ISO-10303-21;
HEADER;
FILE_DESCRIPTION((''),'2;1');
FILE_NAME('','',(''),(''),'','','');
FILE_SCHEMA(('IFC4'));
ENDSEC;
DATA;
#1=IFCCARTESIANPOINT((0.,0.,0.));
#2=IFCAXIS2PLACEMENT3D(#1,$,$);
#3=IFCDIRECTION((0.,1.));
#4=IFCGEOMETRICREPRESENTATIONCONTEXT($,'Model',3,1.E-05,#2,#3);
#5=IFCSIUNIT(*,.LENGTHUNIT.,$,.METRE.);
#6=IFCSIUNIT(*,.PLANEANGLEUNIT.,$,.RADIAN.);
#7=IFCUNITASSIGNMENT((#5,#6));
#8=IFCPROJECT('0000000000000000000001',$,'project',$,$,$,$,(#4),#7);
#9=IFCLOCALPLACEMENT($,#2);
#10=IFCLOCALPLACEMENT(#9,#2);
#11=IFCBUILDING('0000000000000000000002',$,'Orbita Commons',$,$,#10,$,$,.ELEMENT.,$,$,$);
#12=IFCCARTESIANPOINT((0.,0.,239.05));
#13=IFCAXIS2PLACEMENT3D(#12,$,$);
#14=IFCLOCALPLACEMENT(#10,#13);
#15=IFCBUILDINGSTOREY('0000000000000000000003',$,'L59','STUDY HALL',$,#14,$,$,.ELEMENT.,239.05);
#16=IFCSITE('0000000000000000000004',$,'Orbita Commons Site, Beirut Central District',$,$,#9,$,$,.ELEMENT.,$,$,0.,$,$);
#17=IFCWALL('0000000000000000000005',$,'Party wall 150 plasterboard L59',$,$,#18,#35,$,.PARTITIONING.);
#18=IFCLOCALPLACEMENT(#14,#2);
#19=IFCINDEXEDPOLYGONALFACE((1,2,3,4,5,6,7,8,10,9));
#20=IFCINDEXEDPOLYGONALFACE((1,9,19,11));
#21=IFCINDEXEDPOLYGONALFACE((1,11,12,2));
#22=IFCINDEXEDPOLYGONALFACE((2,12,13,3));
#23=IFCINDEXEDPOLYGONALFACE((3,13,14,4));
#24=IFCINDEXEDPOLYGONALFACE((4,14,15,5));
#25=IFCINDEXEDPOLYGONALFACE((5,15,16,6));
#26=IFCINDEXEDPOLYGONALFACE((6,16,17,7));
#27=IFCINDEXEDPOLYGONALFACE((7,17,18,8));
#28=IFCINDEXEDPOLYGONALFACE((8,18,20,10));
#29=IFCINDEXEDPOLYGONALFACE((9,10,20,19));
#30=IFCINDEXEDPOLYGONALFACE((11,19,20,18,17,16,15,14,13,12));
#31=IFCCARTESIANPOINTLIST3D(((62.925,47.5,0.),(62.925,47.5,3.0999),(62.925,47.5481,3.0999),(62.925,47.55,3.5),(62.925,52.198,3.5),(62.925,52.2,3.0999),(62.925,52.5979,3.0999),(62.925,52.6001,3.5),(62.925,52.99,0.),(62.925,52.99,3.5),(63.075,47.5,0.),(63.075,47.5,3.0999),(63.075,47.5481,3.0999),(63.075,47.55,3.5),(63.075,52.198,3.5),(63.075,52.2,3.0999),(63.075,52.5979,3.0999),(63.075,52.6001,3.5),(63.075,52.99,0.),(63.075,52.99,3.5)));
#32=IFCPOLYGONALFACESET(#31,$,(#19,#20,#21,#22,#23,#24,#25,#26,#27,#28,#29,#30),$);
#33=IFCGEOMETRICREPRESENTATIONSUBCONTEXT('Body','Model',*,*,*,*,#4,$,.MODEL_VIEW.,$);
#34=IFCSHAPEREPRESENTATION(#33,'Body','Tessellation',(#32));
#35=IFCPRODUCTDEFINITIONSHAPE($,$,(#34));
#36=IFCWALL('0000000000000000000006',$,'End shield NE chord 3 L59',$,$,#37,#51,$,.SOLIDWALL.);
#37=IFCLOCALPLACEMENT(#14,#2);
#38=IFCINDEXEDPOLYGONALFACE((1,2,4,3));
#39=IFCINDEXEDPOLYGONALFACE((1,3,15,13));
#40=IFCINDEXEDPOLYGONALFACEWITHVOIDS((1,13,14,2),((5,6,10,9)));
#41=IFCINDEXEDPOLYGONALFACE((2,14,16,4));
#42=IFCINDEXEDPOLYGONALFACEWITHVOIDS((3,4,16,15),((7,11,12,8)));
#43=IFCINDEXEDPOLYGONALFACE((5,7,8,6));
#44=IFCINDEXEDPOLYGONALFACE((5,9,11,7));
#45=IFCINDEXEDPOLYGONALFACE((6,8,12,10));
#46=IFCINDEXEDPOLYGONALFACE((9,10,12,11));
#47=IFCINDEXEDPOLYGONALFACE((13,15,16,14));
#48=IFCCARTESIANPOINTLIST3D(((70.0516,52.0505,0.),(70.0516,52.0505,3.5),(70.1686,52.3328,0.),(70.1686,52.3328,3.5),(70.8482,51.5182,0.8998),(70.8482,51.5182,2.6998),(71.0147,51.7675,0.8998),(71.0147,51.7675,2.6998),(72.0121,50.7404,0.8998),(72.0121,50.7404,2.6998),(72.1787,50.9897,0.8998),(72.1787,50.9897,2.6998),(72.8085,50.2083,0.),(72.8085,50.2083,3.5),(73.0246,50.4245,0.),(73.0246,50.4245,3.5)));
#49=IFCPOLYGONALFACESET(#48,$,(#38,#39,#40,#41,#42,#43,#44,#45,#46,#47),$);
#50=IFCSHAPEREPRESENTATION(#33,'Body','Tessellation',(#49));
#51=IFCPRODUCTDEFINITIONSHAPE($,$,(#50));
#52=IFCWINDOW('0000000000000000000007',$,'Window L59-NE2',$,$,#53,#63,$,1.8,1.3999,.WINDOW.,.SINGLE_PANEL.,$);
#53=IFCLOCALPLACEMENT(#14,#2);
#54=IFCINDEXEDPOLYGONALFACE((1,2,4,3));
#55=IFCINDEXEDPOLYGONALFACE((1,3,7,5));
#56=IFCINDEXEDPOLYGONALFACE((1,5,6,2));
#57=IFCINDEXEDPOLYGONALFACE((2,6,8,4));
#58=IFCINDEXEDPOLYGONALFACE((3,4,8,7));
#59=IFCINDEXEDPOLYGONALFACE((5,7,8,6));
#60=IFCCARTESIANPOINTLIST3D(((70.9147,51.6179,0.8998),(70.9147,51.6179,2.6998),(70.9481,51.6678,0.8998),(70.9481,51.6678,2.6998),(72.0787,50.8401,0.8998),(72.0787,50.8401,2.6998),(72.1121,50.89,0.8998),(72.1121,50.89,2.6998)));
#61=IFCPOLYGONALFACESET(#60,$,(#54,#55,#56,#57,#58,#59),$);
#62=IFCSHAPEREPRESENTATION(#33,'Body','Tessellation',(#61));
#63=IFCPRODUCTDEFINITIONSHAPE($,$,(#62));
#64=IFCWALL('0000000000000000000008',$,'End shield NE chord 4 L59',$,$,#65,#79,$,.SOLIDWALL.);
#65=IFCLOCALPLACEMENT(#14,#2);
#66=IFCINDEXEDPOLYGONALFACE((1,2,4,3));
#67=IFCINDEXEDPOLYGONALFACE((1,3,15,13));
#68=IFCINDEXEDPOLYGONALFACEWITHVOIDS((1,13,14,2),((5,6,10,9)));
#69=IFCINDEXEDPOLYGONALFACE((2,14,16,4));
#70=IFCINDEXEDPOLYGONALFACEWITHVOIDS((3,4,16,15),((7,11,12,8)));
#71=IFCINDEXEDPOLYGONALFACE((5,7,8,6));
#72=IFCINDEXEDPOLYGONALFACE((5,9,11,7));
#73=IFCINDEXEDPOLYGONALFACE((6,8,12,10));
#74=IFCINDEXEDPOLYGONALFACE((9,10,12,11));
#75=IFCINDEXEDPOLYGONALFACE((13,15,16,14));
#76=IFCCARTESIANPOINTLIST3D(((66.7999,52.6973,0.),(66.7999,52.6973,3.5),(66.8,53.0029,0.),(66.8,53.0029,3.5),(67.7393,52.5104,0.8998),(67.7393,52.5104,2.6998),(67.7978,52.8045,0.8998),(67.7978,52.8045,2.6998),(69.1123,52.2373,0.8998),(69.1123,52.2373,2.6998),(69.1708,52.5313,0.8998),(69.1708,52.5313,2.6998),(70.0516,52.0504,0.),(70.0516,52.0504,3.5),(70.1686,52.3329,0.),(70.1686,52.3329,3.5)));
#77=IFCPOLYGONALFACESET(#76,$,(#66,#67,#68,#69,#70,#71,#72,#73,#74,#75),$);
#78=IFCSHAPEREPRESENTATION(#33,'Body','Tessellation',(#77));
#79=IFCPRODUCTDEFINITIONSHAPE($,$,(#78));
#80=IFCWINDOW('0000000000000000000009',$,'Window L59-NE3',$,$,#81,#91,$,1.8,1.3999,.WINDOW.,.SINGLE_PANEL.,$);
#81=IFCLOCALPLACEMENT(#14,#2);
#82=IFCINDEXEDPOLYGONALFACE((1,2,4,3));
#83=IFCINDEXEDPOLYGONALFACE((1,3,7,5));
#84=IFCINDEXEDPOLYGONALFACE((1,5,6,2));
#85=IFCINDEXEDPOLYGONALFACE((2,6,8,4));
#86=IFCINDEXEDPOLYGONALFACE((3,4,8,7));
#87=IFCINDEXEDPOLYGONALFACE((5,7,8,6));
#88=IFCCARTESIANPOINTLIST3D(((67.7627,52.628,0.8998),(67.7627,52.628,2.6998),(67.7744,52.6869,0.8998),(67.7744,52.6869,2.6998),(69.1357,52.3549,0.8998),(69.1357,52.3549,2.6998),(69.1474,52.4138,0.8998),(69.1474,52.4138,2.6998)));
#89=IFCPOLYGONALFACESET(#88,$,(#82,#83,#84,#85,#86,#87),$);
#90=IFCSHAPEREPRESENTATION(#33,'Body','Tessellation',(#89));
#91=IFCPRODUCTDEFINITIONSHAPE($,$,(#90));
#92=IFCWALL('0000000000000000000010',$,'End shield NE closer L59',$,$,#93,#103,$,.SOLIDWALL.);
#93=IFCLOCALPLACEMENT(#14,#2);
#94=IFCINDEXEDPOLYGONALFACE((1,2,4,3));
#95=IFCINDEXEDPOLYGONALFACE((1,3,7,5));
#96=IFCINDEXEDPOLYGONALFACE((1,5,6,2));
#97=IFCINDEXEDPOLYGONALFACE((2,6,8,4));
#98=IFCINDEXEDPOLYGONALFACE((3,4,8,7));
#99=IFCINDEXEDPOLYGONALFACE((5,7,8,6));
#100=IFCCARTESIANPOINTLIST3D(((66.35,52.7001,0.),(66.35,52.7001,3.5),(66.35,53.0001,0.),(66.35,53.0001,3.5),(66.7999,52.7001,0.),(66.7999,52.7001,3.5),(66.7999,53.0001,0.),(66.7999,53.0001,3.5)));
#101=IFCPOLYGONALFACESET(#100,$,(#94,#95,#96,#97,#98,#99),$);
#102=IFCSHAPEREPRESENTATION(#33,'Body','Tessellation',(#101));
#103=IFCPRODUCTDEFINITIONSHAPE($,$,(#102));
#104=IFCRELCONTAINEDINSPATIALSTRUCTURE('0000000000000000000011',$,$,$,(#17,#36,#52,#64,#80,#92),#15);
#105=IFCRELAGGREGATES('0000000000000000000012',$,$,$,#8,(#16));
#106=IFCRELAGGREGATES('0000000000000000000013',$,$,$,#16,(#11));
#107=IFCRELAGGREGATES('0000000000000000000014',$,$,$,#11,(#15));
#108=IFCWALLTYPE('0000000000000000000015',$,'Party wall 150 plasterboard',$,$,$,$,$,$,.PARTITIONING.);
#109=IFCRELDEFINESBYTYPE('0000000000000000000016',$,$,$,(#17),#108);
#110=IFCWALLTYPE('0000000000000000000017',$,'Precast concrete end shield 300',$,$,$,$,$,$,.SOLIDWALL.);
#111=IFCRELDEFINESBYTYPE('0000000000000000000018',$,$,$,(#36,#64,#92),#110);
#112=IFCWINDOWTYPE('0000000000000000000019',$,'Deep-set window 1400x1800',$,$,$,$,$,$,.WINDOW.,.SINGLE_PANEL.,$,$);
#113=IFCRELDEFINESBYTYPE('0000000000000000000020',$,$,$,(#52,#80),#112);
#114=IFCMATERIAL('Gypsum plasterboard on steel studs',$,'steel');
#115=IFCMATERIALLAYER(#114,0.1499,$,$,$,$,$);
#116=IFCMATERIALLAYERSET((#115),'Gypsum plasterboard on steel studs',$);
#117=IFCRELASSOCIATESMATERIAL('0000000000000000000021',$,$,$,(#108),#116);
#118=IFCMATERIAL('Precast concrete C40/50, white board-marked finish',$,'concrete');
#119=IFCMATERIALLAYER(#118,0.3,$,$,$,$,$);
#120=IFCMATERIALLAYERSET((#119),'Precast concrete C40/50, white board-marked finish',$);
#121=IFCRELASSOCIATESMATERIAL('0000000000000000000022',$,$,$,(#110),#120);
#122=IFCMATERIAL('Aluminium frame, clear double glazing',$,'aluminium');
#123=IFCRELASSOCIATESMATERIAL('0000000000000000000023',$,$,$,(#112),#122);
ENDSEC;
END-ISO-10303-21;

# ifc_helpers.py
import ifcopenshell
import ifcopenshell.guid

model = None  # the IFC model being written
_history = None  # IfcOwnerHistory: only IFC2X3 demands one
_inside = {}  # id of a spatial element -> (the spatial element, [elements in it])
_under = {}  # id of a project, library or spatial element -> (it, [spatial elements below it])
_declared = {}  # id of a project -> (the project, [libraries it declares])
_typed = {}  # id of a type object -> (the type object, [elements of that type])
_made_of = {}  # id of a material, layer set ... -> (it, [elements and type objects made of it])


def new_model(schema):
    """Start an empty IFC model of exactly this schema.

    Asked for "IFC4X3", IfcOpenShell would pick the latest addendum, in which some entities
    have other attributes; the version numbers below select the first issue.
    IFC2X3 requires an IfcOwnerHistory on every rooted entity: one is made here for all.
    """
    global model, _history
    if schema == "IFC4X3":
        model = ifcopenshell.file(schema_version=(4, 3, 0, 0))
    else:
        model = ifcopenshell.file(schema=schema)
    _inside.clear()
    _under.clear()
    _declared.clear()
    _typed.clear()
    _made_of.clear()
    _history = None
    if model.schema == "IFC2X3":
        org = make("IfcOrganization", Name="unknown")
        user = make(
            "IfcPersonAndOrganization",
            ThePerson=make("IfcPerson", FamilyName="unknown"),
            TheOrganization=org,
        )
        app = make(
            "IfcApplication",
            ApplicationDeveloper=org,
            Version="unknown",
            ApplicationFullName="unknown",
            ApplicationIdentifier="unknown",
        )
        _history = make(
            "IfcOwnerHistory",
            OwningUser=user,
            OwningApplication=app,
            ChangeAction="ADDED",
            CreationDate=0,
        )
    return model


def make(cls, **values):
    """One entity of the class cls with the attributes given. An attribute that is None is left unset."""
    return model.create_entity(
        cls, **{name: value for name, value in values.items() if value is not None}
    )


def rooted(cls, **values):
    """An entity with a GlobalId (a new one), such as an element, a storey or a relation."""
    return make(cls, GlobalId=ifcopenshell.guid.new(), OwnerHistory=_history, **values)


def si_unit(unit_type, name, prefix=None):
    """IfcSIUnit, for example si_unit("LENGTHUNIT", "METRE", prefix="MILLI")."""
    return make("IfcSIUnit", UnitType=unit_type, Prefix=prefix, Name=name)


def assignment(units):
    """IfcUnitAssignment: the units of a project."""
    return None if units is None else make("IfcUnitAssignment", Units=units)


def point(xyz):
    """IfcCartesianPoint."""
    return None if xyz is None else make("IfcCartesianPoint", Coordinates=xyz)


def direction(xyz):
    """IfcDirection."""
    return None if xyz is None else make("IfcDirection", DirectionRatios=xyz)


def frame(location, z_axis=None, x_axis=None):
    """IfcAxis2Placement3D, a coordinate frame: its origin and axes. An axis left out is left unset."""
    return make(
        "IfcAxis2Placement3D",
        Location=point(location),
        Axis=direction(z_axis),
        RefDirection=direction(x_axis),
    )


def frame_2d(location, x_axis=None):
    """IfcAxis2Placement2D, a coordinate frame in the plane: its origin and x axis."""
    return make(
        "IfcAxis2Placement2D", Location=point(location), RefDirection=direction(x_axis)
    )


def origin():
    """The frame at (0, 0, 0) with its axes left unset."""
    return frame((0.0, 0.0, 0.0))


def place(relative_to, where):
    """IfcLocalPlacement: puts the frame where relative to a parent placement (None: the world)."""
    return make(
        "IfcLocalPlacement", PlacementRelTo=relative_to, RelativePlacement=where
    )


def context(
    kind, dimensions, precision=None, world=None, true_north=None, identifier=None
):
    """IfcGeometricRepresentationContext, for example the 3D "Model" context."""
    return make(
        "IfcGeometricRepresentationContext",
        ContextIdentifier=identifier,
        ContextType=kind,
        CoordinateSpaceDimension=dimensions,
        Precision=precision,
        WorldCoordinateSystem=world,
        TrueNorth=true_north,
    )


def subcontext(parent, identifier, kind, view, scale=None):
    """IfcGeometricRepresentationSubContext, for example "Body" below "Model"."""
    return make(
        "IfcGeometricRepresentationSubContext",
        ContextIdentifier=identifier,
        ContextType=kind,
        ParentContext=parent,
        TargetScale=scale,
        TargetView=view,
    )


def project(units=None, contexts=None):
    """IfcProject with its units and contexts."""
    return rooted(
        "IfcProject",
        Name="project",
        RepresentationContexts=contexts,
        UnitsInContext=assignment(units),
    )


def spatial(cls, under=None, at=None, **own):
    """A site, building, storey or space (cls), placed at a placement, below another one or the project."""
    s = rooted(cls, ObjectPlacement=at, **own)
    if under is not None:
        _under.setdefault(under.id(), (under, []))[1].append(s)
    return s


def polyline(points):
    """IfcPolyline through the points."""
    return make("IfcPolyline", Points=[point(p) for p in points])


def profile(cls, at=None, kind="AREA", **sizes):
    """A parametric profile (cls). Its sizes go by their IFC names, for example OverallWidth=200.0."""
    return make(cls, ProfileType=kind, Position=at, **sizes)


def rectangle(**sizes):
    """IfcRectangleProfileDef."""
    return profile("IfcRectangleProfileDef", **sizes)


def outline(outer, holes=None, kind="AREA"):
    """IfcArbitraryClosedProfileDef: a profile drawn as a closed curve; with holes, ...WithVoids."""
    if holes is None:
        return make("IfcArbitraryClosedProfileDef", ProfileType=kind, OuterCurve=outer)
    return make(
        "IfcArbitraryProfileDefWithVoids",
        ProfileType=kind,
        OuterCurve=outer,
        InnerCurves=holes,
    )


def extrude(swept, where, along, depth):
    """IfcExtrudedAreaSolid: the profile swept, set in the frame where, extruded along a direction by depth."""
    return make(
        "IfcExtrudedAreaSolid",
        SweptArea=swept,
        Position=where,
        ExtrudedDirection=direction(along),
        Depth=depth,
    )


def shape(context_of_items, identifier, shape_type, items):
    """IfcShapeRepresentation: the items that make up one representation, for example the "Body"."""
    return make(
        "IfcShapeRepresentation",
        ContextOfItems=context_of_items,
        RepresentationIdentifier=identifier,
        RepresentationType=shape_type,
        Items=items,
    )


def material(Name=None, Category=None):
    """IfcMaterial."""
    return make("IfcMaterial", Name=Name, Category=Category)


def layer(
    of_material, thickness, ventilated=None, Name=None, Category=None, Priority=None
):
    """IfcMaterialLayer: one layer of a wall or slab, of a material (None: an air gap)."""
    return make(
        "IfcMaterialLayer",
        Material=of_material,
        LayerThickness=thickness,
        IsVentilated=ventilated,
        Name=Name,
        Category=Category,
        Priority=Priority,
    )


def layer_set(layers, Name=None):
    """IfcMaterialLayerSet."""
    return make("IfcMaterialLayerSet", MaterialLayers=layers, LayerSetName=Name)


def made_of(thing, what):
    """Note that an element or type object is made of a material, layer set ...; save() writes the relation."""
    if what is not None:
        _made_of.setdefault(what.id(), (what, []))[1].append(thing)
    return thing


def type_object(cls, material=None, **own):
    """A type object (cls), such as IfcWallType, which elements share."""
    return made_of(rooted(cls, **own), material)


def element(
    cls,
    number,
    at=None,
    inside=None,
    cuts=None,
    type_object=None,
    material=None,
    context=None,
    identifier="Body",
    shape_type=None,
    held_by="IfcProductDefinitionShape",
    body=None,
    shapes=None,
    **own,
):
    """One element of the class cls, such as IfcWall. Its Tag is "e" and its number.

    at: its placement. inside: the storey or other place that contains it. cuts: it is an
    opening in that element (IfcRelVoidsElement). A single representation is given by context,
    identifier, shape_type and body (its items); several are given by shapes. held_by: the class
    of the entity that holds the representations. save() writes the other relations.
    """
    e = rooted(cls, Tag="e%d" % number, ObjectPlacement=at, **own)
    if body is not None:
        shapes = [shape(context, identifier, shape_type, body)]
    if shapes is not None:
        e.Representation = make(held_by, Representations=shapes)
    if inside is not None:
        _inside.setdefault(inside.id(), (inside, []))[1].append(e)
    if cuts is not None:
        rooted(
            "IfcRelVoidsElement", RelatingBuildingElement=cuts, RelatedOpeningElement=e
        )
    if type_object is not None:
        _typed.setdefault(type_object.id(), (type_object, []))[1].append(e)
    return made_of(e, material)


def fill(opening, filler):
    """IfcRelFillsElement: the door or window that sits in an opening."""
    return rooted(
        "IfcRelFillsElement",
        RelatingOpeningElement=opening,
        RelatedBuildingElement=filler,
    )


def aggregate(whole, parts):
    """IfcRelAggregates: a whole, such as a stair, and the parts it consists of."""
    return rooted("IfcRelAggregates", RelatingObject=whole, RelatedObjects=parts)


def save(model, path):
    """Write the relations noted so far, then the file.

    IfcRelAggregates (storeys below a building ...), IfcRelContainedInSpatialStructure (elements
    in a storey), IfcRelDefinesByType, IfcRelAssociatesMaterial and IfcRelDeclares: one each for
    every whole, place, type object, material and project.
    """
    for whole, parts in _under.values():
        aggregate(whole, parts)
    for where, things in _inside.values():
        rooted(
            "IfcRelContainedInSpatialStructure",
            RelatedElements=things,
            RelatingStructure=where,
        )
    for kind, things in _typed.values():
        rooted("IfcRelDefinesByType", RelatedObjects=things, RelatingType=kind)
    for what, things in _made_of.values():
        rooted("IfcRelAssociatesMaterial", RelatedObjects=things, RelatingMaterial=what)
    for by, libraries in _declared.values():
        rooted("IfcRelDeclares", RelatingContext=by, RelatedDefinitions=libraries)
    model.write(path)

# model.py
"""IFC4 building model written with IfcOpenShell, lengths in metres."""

from ifc_helpers import new_model, si_unit, direction, frame, frame_2d, origin, place, context, subcontext, project, spatial, polyline, rectangle, outline, extrude, material, layer, layer_set, type_object, element, fill, save


model = new_model("IFC4")

# Units and contexts
model_context = context("Model", 3, precision=1e-05, world=origin(), true_north=direction((0.0, 1.0)))
body_context = subcontext(model_context, "Body", "Model", "MODEL_VIEW")
ifc_project = project(units=[si_unit("LENGTHUNIT", "METRE"), si_unit("PLANEANGLEUNIT", "RADIAN")], contexts=[model_context])

# Site, building, storey
site_placement = place(None, origin())
site = spatial("IfcSite", under=ifc_project, at=site_placement, Name="Orbita Commons Site, Beirut Central District", CompositionType="ELEMENT", RefElevation=0.0)
building_placement = place(site_placement, origin())
building = spatial("IfcBuilding", under=site, at=building_placement, Name="Orbita Commons", CompositionType="ELEMENT")
storey_placement = place(building_placement, frame((0.0, 0.0, 239.05)))
storey = spatial("IfcBuildingStorey", under=building, at=storey_placement, Name="L59", Description="STUDY HALL", CompositionType="ELEMENT", Elevation=239.05)

# Wall
ifc_material_1 = material(Name="Gypsum plasterboard on steel studs", Category="steel")
ifc_layer_1 = layer(ifc_material_1, 0.1499)
ifc_layer_set_1 = layer_set([ifc_layer_1], Name="Gypsum plasterboard on steel studs")
wall_type_1 = type_object("IfcWallType", Name="Party wall 150 plasterboard", PredefinedType="PARTITIONING", material=ifc_layer_set_1)
for number, where, z_axis, x_axis, name in (
    (1, (63.0, 52.99, 0.0), (0.0, 0.0, 1.0), (0.0, -1.0, 0.0), "Party wall 150 plasterboard L59"),
):
    element("IfcWall", number, at=place(storey_placement, frame(where, z_axis=z_axis, x_axis=x_axis)), inside=storey, type_object=wall_type_1, Name=name, PredefinedType="PARTITIONING", context=body_context, shape_type="SweptSolid", body=[
        extrude(outline(polyline([(0.0, 0.0), (5.49, 0.0), (5.49, 3.0999), (5.4419, 3.0999), (5.4399, 3.5), (0.792, 3.5), (0.79, 3.0999), (0.3921, 3.0999), (0.3899, 3.5), (0.0, 3.5), (0.0, 0.0)])), frame((0.0, 0.075, 0.0), z_axis=(0.0, -1.0, 0.0), x_axis=(1.0, 0.0, 0.0)), (0.0, 0.0, 1.0), 0.1499),
    ])

# Walls, openings, windows
ifc_material_2 = material(Name="Precast concrete C40/50, white board-marked finish", Category="concrete")
ifc_layer_2 = layer(ifc_material_2, 0.3)
ifc_layer_set_2 = layer_set([ifc_layer_2], Name="Precast concrete C40/50, white board-marked finish")
wall_type_2 = type_object("IfcWallType", Name="Precast concrete end shield 300", PredefinedType="SOLIDWALL", material=ifc_layer_set_2)
wall_1_placement = place(storey_placement, frame((72.9165, 50.3164, 0.0), z_axis=(0.0, 0.0, 1.0), x_axis=(-0.83146, 0.555585, 0.0)))
wall_1 = element("IfcWall", 2, at=wall_1_placement, inside=storey, type_object=wall_type_2, Name="End shield NE chord 3 L59", PredefinedType="SOLIDWALL", context=body_context, shape_type="SweptSolid", body=[
    extrude(outline(polyline([(-0.0298, -0.1499), (3.405, -0.1499), (3.3455, 0.1499), (0.0298, 0.1499), (-0.0298, -0.1499)])), origin(), (0.0, 0.0, 1.0), 3.5),
])
opening_1_placement = place(wall_1_placement, frame((0.9875, 0.0, 0.8999)))
opening_1 = element("IfcOpeningElement", 3, at=opening_1_placement, cuts=wall_1, PredefinedType="OPENING", context=body_context, shape_type="SweptSolid", body=[
    extrude(rectangle(XDim=1.3999, YDim=1.8, at=frame_2d((0.7, 0.8999))), frame((0.0, 0.1599, 0.0), z_axis=(0.0, -1.0, 0.0), x_axis=(1.0, 0.0, 0.0)), (0.0, 0.0, 1.0), 0.3201),
])
ifc_material_3 = material(Name="Aluminium frame, clear double glazing", Category="aluminium")
window_type = type_object("IfcWindowType", Name="Deep-set window 1400x1800", PartitioningType="SINGLE_PANEL", PredefinedType="WINDOW", material=ifc_material_3)
window_1_placement = place(opening_1_placement, origin())
window_1 = element("IfcWindow", 4, at=window_1_placement, inside=storey, type_object=window_type, Name="Window L59-NE2", OverallHeight=1.8, OverallWidth=1.3999, PartitioningType="SINGLE_PANEL", PredefinedType="WINDOW", context=body_context, shape_type="SweptSolid", body=[
    extrude(rectangle(XDim=1.3999, YDim=1.8, at=frame_2d((0.7, 0.8999))), frame((0.0, 0.03, 0.0), z_axis=(0.0, -1.0, 0.0), x_axis=(1.0, 0.0, 0.0)), (0.0, 0.0, 1.0), 0.0601),
])
fill(opening_1, window_1)
wall_2_placement = place(storey_placement, frame((70.1101, 52.1917, 0.0), z_axis=(0.0, 0.0, 1.0), x_axis=(-0.980783, 0.1951, 0.0)))
wall_2 = element("IfcWall", 5, at=wall_2_placement, inside=storey, type_object=wall_type_2, Name="End shield NE chord 4 L59", PredefinedType="SOLIDWALL", context=body_context, shape_type="SweptSolid", body=[
    extrude(outline(polyline([(-0.0298, -0.1499), (3.4048, -0.1499), (3.3452, 0.1499), (0.0298, 0.1499), (-0.0298, -0.1499)])), origin(), (0.0, 0.0, 1.0), 3.5),
])
opening_2_placement = place(wall_2_placement, frame((0.9875, 0.0, 0.8999)))
opening_2 = element("IfcOpeningElement", 6, at=opening_2_placement, cuts=wall_2, PredefinedType="OPENING", context=body_context, shape_type="SweptSolid", body=[
    extrude(rectangle(XDim=1.3999, YDim=1.8, at=frame_2d((0.7, 0.8999))), frame((0.0, 0.1599, 0.0), z_axis=(0.0, -1.0, 0.0), x_axis=(1.0, 0.0, 0.0)), (0.0, 0.0, 1.0), 0.3201),
])
window_2_placement = place(opening_2_placement, origin())
window_2 = element("IfcWindow", 7, at=window_2_placement, inside=storey, type_object=window_type, Name="Window L59-NE3", OverallHeight=1.8, OverallWidth=1.3999, PartitioningType="SINGLE_PANEL", PredefinedType="WINDOW", context=body_context, shape_type="SweptSolid", body=[
    extrude(rectangle(XDim=1.3999, YDim=1.8, at=frame_2d((0.7, 0.8999))), frame((0.0, 0.03, 0.0), z_axis=(0.0, -1.0, 0.0), x_axis=(1.0, 0.0, 0.0)), (0.0, 0.0, 1.0), 0.0601),
])
fill(opening_2, window_2)

# Wall
wall_3_placement = place(storey_placement, frame((66.8, 52.8501, 0.0), z_axis=(0.0, 0.0, 1.0), x_axis=(-1.0, 0.0, 0.0)))
element("IfcWall", 8, at=wall_3_placement, inside=storey, type_object=wall_type_2, Name="End shield NE closer L59", PredefinedType="SOLIDWALL", context=body_context, shape_type="SweptSolid", body=[
    extrude(rectangle(XDim=0.45, YDim=0.3, at=frame_2d((0.2251, 0.0))), origin(), (0.0, 0.0, 1.0), 3.5),
])

save(model, "model.ifc")
